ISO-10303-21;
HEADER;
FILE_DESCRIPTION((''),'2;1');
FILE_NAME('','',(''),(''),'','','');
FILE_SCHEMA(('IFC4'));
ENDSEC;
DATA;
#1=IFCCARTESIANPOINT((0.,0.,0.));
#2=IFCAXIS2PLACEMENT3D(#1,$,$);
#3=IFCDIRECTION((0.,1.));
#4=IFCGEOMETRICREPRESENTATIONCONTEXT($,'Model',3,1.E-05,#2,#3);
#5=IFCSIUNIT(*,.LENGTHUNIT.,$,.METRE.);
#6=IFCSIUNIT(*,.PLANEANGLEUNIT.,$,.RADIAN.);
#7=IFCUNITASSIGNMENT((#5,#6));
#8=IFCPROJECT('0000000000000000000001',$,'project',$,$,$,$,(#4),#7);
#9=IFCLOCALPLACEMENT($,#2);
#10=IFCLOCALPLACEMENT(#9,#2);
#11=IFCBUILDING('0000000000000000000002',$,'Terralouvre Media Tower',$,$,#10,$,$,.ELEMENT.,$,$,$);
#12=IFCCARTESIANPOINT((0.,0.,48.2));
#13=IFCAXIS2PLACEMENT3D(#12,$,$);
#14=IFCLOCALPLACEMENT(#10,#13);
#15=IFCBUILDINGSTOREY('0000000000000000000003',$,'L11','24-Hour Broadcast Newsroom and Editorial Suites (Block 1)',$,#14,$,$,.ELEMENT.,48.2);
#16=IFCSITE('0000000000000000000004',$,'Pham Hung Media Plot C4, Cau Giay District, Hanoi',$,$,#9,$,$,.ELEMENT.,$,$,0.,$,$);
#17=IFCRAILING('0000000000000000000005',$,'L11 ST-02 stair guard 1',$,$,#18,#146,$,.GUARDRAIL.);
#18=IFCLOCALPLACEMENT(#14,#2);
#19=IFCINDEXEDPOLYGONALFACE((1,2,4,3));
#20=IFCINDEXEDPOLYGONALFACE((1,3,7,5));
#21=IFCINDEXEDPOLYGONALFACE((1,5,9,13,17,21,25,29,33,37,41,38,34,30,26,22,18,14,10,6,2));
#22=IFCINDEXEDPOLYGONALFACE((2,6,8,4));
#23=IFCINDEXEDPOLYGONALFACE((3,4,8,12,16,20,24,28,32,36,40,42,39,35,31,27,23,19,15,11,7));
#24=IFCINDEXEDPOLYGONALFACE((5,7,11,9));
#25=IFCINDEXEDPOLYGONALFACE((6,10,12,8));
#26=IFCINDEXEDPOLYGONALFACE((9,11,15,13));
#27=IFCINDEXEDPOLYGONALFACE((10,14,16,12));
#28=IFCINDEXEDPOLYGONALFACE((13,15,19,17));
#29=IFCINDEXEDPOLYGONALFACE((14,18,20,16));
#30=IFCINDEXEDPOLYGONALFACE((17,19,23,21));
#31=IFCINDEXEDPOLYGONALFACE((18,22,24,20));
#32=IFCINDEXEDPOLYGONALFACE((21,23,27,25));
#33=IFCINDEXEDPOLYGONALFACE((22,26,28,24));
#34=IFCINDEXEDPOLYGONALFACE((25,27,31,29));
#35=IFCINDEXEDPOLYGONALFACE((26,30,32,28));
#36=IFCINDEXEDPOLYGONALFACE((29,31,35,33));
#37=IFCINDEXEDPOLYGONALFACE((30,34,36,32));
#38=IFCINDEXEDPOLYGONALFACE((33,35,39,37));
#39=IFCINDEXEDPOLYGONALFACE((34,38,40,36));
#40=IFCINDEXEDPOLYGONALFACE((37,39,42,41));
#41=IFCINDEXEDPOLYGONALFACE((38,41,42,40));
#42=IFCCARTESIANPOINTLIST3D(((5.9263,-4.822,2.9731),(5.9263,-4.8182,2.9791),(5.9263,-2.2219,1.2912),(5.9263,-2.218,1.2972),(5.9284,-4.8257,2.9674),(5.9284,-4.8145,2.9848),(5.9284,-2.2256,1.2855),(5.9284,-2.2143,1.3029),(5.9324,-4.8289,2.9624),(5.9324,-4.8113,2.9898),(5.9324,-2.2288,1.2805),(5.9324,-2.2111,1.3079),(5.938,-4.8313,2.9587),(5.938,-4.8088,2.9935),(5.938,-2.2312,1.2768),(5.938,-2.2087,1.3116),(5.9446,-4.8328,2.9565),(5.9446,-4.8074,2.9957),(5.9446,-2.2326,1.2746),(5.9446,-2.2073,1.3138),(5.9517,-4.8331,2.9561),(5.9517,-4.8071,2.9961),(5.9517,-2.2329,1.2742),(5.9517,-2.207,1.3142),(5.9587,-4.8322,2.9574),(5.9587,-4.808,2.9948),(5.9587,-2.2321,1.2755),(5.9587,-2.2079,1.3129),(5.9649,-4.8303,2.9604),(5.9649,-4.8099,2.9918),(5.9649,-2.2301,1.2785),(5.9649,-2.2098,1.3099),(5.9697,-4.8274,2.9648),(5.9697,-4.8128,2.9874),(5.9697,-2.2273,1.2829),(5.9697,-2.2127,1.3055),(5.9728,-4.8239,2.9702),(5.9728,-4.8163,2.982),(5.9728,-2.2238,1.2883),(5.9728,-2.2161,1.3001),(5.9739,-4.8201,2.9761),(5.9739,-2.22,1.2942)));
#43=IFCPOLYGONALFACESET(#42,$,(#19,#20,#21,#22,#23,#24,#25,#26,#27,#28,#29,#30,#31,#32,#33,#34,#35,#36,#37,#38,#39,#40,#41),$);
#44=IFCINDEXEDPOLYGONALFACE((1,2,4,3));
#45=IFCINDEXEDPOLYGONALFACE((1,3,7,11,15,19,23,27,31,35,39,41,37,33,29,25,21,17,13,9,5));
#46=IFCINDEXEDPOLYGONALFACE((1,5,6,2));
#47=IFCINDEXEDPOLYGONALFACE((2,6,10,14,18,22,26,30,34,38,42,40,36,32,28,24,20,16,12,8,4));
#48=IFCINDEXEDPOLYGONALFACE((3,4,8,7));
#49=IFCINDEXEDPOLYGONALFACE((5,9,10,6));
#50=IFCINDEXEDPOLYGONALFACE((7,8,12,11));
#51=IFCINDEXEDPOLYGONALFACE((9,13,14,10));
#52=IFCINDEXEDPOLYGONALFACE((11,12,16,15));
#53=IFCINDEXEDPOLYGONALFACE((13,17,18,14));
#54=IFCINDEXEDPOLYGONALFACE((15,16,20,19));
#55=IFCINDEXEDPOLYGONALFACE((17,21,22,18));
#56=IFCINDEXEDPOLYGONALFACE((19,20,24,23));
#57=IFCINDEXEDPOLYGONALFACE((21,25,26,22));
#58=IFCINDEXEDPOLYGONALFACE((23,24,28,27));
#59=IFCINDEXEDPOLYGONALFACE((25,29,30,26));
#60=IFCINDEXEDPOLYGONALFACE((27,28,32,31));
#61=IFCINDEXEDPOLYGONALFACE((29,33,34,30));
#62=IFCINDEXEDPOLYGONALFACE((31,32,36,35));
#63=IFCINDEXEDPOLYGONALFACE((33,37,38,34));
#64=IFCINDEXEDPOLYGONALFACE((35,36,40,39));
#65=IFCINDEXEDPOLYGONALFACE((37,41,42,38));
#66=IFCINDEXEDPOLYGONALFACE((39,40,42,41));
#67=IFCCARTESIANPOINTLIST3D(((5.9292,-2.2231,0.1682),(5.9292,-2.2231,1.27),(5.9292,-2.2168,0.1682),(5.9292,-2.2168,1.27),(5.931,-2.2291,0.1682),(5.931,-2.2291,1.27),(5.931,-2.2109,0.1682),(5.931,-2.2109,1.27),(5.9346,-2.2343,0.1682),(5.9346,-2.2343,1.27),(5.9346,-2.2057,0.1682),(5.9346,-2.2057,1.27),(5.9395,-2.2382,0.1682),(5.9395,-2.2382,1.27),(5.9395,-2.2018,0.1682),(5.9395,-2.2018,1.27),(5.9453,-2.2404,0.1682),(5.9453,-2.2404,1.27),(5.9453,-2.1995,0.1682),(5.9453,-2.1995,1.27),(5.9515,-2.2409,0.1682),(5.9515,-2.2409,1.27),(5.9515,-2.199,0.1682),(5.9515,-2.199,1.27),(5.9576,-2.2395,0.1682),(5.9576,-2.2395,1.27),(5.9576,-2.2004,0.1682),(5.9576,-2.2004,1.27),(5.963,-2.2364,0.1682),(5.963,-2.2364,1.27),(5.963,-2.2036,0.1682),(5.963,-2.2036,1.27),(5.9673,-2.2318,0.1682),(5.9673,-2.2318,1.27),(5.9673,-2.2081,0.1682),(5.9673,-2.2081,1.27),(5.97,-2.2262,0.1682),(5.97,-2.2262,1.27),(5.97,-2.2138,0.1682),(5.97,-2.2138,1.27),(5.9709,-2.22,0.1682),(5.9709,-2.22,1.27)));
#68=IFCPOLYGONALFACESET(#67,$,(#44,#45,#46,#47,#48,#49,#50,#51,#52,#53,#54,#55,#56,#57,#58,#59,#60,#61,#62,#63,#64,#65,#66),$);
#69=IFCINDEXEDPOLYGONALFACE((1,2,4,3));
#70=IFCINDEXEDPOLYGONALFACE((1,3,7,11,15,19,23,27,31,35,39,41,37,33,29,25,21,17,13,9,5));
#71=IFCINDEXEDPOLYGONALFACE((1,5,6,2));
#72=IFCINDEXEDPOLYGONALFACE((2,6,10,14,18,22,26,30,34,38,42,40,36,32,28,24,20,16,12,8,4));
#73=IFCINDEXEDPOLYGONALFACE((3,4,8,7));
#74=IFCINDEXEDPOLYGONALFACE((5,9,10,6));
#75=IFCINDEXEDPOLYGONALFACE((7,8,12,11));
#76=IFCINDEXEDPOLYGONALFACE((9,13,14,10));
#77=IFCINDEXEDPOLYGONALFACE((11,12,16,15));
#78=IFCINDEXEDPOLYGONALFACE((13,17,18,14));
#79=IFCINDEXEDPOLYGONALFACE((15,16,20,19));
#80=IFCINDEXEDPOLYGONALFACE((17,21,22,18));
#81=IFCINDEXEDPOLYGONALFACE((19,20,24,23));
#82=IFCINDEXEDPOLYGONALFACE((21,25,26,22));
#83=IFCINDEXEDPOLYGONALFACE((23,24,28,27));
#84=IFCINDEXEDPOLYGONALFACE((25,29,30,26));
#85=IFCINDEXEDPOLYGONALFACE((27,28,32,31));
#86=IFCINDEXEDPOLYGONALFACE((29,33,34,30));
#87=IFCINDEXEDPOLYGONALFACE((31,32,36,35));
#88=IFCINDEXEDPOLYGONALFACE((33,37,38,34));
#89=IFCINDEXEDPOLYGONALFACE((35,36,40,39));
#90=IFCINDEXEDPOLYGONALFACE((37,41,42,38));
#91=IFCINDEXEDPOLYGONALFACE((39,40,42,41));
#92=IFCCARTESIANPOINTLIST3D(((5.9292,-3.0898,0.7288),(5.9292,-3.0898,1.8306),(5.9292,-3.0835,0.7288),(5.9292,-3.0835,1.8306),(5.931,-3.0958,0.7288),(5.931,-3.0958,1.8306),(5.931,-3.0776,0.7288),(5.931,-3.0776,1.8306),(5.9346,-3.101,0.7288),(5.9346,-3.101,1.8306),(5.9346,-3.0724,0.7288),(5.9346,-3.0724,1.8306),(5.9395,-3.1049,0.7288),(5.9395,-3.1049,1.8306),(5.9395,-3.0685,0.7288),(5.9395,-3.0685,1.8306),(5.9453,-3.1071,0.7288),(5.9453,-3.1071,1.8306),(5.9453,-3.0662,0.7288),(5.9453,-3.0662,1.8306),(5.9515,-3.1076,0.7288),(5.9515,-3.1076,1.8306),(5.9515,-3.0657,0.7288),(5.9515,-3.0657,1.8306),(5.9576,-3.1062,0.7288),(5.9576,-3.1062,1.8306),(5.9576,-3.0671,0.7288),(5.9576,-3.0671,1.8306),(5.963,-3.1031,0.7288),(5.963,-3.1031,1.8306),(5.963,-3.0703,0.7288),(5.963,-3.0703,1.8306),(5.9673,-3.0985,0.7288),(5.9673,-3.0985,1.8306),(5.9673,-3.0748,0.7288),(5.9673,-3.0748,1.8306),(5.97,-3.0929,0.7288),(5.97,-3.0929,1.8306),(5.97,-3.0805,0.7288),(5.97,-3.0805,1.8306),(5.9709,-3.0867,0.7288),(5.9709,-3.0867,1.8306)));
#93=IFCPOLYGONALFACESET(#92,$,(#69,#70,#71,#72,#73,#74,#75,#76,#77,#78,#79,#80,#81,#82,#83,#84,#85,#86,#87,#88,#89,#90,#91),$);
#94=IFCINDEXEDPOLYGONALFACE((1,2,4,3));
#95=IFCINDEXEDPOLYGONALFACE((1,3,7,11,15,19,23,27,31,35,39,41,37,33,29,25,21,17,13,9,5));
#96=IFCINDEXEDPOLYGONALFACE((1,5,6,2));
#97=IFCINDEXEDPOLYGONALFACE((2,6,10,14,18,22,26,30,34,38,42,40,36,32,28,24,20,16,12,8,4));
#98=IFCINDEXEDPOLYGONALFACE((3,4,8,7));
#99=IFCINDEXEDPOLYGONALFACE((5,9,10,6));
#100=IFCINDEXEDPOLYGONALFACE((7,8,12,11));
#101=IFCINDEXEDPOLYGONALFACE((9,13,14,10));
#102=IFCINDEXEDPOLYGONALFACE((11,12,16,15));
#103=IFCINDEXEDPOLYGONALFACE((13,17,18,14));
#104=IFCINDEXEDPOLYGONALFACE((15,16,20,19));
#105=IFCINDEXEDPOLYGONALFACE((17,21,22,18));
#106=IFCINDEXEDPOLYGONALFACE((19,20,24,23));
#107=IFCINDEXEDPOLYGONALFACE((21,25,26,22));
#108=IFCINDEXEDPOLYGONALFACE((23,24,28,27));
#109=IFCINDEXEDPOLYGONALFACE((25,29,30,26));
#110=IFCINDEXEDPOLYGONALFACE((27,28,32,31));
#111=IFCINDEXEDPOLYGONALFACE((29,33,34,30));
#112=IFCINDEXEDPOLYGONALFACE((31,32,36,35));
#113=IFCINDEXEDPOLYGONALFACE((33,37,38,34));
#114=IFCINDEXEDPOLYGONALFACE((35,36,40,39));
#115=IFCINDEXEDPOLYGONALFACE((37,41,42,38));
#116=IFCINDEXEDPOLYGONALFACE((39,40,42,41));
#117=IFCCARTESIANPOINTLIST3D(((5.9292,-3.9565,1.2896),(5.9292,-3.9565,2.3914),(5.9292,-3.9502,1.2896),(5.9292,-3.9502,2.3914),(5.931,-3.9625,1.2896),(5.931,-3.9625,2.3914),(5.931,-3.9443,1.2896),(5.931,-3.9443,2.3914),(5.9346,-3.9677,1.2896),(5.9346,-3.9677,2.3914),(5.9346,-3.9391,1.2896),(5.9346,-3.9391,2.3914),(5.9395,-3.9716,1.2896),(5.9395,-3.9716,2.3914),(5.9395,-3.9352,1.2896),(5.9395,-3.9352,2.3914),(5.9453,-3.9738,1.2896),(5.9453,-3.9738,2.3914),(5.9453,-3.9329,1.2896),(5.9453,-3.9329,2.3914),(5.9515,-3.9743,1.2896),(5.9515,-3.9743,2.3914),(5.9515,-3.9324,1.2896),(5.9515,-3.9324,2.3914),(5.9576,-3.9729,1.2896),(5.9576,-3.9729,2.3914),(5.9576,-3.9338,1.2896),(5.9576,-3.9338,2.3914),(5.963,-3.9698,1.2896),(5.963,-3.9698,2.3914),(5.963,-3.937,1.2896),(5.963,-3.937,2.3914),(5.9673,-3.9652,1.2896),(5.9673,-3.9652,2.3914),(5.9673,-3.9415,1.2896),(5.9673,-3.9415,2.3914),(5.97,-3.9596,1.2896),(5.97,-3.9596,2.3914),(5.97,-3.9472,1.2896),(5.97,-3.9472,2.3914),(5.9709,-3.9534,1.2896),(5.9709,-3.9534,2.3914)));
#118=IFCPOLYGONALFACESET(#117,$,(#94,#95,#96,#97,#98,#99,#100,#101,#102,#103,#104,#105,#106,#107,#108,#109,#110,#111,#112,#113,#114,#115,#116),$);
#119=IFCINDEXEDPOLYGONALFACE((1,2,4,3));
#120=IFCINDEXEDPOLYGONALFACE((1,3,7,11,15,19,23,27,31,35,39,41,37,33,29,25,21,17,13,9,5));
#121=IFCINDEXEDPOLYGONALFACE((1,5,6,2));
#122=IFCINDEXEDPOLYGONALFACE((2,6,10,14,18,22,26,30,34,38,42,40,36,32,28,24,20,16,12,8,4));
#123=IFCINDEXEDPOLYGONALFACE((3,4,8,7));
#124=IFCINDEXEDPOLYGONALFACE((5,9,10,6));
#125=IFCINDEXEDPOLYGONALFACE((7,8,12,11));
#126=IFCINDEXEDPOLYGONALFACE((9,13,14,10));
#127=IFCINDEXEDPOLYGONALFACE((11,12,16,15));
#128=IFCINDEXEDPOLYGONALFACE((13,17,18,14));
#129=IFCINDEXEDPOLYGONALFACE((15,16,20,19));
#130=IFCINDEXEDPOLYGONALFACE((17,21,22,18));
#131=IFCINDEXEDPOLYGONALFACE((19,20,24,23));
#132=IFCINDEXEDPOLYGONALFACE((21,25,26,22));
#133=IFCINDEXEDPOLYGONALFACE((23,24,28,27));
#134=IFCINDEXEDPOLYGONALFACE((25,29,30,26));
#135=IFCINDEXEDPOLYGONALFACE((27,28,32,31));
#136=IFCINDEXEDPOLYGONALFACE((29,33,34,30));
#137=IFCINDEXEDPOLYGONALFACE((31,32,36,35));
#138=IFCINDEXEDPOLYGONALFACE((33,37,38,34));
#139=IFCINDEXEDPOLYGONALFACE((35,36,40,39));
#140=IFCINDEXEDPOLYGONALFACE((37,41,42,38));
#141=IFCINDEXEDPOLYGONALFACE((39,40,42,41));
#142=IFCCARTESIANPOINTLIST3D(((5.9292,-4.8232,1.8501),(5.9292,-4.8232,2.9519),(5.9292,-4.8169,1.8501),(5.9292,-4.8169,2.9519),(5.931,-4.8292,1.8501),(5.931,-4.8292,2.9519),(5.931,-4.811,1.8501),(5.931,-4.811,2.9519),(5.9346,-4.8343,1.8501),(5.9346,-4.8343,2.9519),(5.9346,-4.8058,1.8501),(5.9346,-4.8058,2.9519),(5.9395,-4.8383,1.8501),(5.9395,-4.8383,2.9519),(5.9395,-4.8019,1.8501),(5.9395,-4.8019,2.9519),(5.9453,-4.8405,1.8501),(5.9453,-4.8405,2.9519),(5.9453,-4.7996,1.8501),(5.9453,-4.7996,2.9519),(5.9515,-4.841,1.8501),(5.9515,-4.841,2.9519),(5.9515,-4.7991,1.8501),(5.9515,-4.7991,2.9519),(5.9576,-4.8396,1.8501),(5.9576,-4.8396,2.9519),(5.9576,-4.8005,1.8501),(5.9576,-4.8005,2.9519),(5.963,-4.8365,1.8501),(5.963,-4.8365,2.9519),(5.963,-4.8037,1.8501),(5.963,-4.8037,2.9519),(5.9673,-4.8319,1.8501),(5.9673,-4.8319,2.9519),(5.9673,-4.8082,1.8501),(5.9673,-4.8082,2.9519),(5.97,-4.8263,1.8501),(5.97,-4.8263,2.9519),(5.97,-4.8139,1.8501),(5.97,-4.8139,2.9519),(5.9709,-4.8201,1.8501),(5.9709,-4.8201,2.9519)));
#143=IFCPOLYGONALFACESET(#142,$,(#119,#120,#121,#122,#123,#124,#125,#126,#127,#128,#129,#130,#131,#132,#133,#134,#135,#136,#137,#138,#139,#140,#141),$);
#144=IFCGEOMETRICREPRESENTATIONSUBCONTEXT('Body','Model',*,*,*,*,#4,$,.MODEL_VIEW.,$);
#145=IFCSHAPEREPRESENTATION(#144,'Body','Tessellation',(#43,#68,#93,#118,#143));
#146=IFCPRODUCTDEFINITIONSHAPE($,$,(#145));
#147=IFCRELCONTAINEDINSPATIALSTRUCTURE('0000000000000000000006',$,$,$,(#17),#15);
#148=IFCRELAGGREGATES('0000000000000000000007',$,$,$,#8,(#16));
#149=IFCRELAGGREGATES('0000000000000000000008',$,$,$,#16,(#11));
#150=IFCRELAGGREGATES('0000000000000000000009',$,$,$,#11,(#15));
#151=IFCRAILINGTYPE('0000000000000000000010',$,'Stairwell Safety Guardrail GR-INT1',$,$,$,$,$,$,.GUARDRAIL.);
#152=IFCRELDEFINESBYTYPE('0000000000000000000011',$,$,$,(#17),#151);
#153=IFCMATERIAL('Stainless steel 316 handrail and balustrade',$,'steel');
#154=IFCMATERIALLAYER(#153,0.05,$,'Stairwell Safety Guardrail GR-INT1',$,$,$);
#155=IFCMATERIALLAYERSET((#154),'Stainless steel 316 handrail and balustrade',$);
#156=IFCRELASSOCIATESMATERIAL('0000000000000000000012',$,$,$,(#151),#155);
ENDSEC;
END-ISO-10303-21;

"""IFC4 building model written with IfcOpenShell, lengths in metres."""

from ifc_helpers import new_model, si_unit, direction, frame, origin, origin_2d, place, context, subcontext, project, spatial, circle, extrude, material, layer, layer_set, type_object, element, save


model = new_model("IFC4")

# Units and contexts
model_context = context("Model", 3, precision=1e-05, world=origin(), true_north=direction((0.0, 1.0)))
body_context = subcontext(model_context, "Body", "Model", "MODEL_VIEW")
ifc_project = project(units=[si_unit("LENGTHUNIT", "METRE"), si_unit("PLANEANGLEUNIT", "RADIAN")], contexts=[model_context])

# Site, building, storey
site_placement = place(None, origin())
site = spatial("IfcSite", under=ifc_project, at=site_placement, Name="Pham Hung Media Plot C4, Cau Giay District, Hanoi", CompositionType="ELEMENT", RefElevation=0.0)
building_placement = place(site_placement, origin())
building = spatial("IfcBuilding", under=site, at=building_placement, Name="Terralouvre Media Tower", CompositionType="ELEMENT")
storey_placement = place(building_placement, frame((0.0, 0.0, 48.2)))
storey = spatial("IfcBuildingStorey", under=building, at=storey_placement, Name="L11", Description="24-Hour Broadcast Newsroom and Editorial Suites (Block 1)", CompositionType="ELEMENT", Elevation=48.2)

# Railing
ifc_material_1 = material(Name="Stainless steel 316 handrail and balustrade", Category="steel")
ifc_layer_1 = layer(ifc_material_1, 0.05, Name="Stairwell Safety Guardrail GR-INT1")
ifc_layer_set_1 = layer_set([ifc_layer_1], Name="Stainless steel 316 handrail and balustrade")
railing_type_1 = type_object("IfcRailingType", Name="Stairwell Safety Guardrail GR-INT1", PredefinedType="GUARDRAIL", material=ifc_layer_set_1)
railing_1_placement = place(storey_placement, frame((5.95, -2.22, 0.1682)))
element("IfcRailing", 1, at=railing_1_placement, inside=storey, type_object=railing_type_1, Name="L11 ST-02 stair guard 1", PredefinedType="GUARDRAIL", context=body_context, shape_type="SweptSolid", body=[
    extrude(circle(Radius=0.0239, at=origin_2d()), frame((0.0, 0.0, 1.126), z_axis=(0.0, -0.839648, 0.54313), x_axis=(1.0, 0.0, 0.0)), (0.0, 0.0, 1.0), 3.0967),
    extrude(circle(Radius=0.021, at=origin_2d()), origin(), (0.0, 0.0, 1.0), 1.1018),
    extrude(circle(Radius=0.021, at=origin_2d()), frame((0.0, -0.8667, 0.5605)), (0.0, 0.0, 1.0), 1.1018),
    extrude(circle(Radius=0.021, at=origin_2d()), frame((0.0, -1.7334, 1.1213)), (0.0, 0.0, 1.0), 1.1018),
    extrude(circle(Radius=0.021, at=origin_2d()), frame((0.0, -2.6001, 1.6819)), (0.0, 0.0, 1.0), 1.1018),
])

save(model, "model.ifc")
